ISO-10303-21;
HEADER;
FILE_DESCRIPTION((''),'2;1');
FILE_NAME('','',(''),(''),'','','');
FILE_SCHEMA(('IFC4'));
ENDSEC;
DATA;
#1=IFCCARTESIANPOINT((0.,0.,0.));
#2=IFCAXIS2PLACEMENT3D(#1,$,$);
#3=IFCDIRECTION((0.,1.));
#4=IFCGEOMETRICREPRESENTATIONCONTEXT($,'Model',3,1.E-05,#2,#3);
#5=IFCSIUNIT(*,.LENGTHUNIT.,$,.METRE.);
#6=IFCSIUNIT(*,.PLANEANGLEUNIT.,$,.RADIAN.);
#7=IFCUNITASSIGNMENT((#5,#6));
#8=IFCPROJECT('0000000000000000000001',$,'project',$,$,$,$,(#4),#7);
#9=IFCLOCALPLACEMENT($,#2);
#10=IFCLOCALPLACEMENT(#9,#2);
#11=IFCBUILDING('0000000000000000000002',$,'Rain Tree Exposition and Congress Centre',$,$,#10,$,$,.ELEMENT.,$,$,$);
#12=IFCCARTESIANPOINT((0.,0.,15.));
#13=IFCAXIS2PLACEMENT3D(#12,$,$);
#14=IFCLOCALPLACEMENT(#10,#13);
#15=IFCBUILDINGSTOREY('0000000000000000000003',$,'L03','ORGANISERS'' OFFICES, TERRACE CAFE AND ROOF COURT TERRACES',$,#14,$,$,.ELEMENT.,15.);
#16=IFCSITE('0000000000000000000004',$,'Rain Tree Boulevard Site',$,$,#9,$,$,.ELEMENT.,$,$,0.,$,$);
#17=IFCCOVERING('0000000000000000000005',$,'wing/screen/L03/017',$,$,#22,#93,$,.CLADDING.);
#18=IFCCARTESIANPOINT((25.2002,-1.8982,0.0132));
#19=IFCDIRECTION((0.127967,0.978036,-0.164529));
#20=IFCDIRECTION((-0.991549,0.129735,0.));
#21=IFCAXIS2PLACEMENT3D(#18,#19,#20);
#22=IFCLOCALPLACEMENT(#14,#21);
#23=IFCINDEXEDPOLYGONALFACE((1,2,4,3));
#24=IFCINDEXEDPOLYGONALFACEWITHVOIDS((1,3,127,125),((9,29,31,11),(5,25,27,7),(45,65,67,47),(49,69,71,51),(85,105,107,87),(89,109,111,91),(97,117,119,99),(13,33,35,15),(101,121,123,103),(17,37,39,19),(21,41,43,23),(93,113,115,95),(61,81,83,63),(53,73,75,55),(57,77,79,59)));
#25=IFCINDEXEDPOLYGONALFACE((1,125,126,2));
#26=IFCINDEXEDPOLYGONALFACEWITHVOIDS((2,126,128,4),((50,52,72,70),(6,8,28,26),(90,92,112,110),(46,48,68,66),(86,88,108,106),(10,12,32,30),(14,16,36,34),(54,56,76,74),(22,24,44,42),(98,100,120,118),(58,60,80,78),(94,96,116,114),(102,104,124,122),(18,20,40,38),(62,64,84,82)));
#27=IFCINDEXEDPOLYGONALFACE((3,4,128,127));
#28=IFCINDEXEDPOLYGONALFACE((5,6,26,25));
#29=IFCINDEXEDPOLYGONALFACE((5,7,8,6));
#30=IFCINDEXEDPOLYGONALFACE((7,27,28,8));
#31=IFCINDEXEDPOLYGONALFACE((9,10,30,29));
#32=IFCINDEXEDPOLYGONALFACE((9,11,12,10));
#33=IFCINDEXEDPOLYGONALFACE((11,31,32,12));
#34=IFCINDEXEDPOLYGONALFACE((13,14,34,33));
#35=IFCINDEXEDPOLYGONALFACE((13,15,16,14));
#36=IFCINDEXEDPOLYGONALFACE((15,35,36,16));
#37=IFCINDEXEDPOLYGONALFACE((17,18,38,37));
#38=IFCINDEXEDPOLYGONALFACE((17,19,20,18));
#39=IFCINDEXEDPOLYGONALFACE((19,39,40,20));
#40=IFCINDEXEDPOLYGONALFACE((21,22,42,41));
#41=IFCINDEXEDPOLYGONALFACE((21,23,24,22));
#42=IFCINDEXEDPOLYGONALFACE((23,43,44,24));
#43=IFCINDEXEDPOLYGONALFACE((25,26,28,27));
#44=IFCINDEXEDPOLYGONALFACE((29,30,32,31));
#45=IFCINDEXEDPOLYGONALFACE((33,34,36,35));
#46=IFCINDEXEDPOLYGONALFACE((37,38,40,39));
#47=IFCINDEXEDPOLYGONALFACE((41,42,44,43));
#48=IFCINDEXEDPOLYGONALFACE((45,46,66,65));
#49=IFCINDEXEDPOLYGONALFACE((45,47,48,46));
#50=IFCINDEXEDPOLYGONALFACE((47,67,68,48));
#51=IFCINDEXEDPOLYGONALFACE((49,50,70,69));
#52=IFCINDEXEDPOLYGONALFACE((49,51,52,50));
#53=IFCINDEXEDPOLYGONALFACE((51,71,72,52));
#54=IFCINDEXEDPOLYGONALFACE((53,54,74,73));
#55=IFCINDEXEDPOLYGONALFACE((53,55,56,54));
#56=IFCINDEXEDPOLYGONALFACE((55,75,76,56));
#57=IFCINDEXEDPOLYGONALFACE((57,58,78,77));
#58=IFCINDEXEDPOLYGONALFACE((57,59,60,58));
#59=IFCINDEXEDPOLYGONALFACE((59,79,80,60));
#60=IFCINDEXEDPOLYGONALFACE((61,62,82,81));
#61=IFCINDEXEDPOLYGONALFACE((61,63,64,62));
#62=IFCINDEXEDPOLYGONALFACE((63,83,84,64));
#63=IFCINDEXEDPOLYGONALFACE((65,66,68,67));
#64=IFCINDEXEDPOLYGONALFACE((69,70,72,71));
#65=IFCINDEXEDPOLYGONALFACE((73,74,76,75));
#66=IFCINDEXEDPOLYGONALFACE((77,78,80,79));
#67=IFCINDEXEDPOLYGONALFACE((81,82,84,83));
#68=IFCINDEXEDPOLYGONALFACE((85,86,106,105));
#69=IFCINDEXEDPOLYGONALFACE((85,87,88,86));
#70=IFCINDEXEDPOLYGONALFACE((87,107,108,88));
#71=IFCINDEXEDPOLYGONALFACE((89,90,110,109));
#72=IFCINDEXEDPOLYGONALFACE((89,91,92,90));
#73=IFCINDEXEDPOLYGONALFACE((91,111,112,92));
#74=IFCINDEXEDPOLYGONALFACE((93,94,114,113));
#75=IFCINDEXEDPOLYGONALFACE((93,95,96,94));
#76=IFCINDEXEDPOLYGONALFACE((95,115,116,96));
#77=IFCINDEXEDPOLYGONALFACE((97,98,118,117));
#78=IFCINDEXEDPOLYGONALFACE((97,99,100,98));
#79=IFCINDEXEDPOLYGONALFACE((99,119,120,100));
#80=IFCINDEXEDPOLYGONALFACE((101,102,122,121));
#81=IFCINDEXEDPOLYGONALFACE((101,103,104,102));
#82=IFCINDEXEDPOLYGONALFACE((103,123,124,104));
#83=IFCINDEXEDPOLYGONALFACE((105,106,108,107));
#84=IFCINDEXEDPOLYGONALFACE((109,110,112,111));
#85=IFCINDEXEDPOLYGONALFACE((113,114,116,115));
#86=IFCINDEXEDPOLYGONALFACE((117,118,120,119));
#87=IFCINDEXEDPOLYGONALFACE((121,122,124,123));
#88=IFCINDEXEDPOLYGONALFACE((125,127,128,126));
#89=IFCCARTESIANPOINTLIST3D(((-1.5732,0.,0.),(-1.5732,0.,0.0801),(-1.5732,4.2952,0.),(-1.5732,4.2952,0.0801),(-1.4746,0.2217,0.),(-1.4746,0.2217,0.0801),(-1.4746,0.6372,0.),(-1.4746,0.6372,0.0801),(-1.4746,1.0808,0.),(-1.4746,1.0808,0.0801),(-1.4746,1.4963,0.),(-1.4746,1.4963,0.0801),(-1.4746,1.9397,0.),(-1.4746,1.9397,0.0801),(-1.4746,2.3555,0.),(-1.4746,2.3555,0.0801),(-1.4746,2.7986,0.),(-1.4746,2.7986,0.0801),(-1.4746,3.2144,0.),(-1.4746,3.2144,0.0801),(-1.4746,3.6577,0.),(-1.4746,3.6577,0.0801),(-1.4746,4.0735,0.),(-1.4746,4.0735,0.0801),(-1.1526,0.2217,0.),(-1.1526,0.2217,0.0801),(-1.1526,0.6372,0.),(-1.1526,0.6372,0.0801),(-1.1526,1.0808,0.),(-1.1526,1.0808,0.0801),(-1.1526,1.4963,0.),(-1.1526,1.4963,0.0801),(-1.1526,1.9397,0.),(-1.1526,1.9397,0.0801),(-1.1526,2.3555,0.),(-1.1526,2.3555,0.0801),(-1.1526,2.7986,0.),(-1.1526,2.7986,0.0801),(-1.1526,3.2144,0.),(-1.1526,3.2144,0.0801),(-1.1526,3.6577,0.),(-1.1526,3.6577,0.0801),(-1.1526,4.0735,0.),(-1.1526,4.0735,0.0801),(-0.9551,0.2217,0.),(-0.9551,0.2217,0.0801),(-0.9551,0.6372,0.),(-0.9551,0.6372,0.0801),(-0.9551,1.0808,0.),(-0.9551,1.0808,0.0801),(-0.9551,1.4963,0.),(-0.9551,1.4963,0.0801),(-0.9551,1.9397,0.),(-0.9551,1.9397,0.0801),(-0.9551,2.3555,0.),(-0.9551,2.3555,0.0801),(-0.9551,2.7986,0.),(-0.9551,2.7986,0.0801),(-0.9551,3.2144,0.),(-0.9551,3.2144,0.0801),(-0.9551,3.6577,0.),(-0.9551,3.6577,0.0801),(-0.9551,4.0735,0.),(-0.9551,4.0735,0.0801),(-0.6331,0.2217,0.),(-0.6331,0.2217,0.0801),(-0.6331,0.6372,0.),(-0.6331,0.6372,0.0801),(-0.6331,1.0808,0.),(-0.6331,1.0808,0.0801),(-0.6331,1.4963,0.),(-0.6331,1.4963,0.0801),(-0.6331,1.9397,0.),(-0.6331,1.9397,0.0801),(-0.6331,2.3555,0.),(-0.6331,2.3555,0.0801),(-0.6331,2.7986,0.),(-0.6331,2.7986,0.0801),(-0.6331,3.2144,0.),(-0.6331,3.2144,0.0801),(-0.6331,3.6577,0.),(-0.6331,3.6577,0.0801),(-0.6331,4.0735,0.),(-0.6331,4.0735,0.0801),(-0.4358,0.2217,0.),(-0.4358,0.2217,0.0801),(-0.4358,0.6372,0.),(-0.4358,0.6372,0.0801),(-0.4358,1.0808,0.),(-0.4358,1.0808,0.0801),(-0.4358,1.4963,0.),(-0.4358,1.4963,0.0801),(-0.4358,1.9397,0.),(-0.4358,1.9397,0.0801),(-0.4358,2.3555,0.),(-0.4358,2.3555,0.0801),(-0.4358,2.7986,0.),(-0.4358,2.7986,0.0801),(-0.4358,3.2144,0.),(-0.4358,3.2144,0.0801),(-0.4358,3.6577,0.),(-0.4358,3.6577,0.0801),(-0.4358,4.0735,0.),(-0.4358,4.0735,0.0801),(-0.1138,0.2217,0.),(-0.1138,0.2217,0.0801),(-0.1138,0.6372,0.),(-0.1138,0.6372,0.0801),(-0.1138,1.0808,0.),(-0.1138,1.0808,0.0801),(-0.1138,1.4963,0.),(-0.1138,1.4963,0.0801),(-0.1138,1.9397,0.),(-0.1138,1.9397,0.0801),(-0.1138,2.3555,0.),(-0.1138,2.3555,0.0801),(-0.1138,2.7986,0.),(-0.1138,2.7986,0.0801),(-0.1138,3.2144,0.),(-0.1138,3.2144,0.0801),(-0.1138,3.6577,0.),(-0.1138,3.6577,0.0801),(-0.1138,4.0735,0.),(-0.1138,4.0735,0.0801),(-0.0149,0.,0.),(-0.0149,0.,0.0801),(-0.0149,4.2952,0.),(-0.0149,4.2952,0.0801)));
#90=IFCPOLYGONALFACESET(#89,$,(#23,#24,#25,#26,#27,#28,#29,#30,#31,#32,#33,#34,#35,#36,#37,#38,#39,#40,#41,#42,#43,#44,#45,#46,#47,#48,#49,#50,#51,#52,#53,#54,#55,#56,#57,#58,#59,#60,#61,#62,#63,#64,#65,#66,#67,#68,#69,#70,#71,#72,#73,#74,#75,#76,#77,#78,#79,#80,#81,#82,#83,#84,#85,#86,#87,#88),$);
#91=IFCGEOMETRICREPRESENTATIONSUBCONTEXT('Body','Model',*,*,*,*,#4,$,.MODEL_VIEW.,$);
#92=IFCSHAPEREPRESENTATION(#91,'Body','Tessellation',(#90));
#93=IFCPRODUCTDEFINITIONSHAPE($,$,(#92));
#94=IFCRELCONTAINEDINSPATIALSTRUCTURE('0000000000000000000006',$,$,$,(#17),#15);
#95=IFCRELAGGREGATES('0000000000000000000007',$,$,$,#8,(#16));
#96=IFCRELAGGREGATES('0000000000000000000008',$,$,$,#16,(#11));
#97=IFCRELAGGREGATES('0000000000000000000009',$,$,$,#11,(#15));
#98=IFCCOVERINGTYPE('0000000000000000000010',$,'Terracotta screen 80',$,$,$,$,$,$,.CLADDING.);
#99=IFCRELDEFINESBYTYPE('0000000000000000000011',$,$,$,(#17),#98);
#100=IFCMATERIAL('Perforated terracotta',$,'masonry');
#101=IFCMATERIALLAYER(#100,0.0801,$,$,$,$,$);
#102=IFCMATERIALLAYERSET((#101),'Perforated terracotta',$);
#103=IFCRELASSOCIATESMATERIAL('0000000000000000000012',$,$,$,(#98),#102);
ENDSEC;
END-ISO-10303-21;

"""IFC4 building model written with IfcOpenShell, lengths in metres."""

from ifc_helpers import new_model, si_unit, direction, frame, origin, place, context, subcontext, project, spatial, polyline, outline, extrude, material, layer, layer_set, type_object, element, save


model = new_model("IFC4")

# Units and contexts
model_context = context("Model", 3, precision=1e-05, world=origin(), true_north=direction((0.0, 1.0)))
body_context = subcontext(model_context, "Body", "Model", "MODEL_VIEW")
ifc_project = project(units=[si_unit("LENGTHUNIT", "METRE"), si_unit("PLANEANGLEUNIT", "RADIAN")], contexts=[model_context])

# Site, building, storey
site_placement = place(None, origin())
site = spatial("IfcSite", under=ifc_project, at=site_placement, Name="Rain Tree Boulevard Site", CompositionType="ELEMENT", RefElevation=0.0)
building_placement = place(site_placement, origin())
building = spatial("IfcBuilding", under=site, at=building_placement, Name="Rain Tree Exposition and Congress Centre", CompositionType="ELEMENT")
storey_placement = place(building_placement, frame((0.0, 0.0, 15.0)))
storey = spatial("IfcBuildingStorey", under=building, at=storey_placement, Name="L03", Description="ORGANISERS' OFFICES, TERRACE CAFE AND ROOF COURT TERRACES", CompositionType="ELEMENT", Elevation=15.0)

# Covering
ifc_material_1 = material(Name="Perforated terracotta", Category="masonry")
ifc_layer_1 = layer(ifc_material_1, 0.0801)
ifc_layer_set_1 = layer_set([ifc_layer_1], Name="Perforated terracotta")
covering_type = type_object("IfcCoveringType", Name="Terracotta screen 80", PredefinedType="CLADDING", material=ifc_layer_set_1)
covering_1_placement = place(storey_placement, frame((25.2002, -1.8982, 0.0132), z_axis=(0.127967, 0.978036, -0.164529), x_axis=(-0.991549, 0.129735, 0.0)))
element("IfcCovering", 1, at=covering_1_placement, inside=storey, type_object=covering_type, Name="wing/screen/L03/017", PredefinedType="CLADDING", context=body_context, shape_type="SweptSolid", body=[
    extrude(outline(polyline([(-1.5732, 0.0), (-1.5732, 4.2952), (-0.0149, 4.2952), (-0.0149, 0.0), (-1.5732, 0.0)]), holes=[polyline([(-0.1138, 0.2217), (-0.1138, 0.6372), (-0.4358, 0.6372), (-0.4358, 0.2217), (-0.1138, 0.2217)]), polyline([(-0.1138, 1.0808), (-0.1138, 1.4963), (-0.4358, 1.4963), (-0.4358, 1.0808), (-0.1138, 1.0808)]), polyline([(-0.1138, 1.9397), (-0.1138, 2.3555), (-0.4358, 2.3555), (-0.4358, 1.9397), (-0.1138, 1.9397)]), polyline([(-0.1138, 2.7986), (-0.1138, 3.2144), (-0.4358, 3.2144), (-0.4358, 2.7986), (-0.1138, 2.7986)]), polyline([(-0.1138, 3.6577), (-0.1138, 4.0735), (-0.4358, 4.0735), (-0.4358, 3.6577), (-0.1138, 3.6577)]), polyline([(-0.6331, 0.2217), (-0.6331, 0.6372), (-0.9551, 0.6372), (-0.9551, 0.2217), (-0.6331, 0.2217)]), polyline([(-0.6331, 1.0808), (-0.6331, 1.4963), (-0.9551, 1.4963), (-0.9551, 1.0808), (-0.6331, 1.0808)]), polyline([(-0.6331, 1.9397), (-0.6331, 2.3555), (-0.9551, 2.3555), (-0.9551, 1.9397), (-0.6331, 1.9397)]), polyline([(-0.6331, 2.7986), (-0.6331, 3.2144), (-0.9551, 3.2144), (-0.9551, 2.7986), (-0.6331, 2.7986)]), polyline([(-0.6331, 3.6577), (-0.6331, 4.0735), (-0.9551, 4.0735), (-0.9551, 3.6577), (-0.6331, 3.6577)]), polyline([(-1.1526, 0.2217), (-1.1526, 0.6372), (-1.4746, 0.6372), (-1.4746, 0.2217), (-1.1526, 0.2217)]), polyline([(-1.1526, 1.0808), (-1.1526, 1.4963), (-1.4746, 1.4963), (-1.4746, 1.0808), (-1.1526, 1.0808)]), polyline([(-1.1526, 1.9397), (-1.1526, 2.3555), (-1.4746, 2.3555), (-1.4746, 1.9397), (-1.1526, 1.9397)]), polyline([(-1.1526, 2.7986), (-1.1526, 3.2144), (-1.4746, 3.2144), (-1.4746, 2.7986), (-1.1526, 2.7986)]), polyline([(-1.1526, 3.6577), (-1.1526, 4.0735), (-1.4746, 4.0735), (-1.4746, 3.6577), (-1.1526, 3.6577)])]), origin(), (0.0, 0.0, 1.0), 0.0801),
])

save(model, "model.ifc")
